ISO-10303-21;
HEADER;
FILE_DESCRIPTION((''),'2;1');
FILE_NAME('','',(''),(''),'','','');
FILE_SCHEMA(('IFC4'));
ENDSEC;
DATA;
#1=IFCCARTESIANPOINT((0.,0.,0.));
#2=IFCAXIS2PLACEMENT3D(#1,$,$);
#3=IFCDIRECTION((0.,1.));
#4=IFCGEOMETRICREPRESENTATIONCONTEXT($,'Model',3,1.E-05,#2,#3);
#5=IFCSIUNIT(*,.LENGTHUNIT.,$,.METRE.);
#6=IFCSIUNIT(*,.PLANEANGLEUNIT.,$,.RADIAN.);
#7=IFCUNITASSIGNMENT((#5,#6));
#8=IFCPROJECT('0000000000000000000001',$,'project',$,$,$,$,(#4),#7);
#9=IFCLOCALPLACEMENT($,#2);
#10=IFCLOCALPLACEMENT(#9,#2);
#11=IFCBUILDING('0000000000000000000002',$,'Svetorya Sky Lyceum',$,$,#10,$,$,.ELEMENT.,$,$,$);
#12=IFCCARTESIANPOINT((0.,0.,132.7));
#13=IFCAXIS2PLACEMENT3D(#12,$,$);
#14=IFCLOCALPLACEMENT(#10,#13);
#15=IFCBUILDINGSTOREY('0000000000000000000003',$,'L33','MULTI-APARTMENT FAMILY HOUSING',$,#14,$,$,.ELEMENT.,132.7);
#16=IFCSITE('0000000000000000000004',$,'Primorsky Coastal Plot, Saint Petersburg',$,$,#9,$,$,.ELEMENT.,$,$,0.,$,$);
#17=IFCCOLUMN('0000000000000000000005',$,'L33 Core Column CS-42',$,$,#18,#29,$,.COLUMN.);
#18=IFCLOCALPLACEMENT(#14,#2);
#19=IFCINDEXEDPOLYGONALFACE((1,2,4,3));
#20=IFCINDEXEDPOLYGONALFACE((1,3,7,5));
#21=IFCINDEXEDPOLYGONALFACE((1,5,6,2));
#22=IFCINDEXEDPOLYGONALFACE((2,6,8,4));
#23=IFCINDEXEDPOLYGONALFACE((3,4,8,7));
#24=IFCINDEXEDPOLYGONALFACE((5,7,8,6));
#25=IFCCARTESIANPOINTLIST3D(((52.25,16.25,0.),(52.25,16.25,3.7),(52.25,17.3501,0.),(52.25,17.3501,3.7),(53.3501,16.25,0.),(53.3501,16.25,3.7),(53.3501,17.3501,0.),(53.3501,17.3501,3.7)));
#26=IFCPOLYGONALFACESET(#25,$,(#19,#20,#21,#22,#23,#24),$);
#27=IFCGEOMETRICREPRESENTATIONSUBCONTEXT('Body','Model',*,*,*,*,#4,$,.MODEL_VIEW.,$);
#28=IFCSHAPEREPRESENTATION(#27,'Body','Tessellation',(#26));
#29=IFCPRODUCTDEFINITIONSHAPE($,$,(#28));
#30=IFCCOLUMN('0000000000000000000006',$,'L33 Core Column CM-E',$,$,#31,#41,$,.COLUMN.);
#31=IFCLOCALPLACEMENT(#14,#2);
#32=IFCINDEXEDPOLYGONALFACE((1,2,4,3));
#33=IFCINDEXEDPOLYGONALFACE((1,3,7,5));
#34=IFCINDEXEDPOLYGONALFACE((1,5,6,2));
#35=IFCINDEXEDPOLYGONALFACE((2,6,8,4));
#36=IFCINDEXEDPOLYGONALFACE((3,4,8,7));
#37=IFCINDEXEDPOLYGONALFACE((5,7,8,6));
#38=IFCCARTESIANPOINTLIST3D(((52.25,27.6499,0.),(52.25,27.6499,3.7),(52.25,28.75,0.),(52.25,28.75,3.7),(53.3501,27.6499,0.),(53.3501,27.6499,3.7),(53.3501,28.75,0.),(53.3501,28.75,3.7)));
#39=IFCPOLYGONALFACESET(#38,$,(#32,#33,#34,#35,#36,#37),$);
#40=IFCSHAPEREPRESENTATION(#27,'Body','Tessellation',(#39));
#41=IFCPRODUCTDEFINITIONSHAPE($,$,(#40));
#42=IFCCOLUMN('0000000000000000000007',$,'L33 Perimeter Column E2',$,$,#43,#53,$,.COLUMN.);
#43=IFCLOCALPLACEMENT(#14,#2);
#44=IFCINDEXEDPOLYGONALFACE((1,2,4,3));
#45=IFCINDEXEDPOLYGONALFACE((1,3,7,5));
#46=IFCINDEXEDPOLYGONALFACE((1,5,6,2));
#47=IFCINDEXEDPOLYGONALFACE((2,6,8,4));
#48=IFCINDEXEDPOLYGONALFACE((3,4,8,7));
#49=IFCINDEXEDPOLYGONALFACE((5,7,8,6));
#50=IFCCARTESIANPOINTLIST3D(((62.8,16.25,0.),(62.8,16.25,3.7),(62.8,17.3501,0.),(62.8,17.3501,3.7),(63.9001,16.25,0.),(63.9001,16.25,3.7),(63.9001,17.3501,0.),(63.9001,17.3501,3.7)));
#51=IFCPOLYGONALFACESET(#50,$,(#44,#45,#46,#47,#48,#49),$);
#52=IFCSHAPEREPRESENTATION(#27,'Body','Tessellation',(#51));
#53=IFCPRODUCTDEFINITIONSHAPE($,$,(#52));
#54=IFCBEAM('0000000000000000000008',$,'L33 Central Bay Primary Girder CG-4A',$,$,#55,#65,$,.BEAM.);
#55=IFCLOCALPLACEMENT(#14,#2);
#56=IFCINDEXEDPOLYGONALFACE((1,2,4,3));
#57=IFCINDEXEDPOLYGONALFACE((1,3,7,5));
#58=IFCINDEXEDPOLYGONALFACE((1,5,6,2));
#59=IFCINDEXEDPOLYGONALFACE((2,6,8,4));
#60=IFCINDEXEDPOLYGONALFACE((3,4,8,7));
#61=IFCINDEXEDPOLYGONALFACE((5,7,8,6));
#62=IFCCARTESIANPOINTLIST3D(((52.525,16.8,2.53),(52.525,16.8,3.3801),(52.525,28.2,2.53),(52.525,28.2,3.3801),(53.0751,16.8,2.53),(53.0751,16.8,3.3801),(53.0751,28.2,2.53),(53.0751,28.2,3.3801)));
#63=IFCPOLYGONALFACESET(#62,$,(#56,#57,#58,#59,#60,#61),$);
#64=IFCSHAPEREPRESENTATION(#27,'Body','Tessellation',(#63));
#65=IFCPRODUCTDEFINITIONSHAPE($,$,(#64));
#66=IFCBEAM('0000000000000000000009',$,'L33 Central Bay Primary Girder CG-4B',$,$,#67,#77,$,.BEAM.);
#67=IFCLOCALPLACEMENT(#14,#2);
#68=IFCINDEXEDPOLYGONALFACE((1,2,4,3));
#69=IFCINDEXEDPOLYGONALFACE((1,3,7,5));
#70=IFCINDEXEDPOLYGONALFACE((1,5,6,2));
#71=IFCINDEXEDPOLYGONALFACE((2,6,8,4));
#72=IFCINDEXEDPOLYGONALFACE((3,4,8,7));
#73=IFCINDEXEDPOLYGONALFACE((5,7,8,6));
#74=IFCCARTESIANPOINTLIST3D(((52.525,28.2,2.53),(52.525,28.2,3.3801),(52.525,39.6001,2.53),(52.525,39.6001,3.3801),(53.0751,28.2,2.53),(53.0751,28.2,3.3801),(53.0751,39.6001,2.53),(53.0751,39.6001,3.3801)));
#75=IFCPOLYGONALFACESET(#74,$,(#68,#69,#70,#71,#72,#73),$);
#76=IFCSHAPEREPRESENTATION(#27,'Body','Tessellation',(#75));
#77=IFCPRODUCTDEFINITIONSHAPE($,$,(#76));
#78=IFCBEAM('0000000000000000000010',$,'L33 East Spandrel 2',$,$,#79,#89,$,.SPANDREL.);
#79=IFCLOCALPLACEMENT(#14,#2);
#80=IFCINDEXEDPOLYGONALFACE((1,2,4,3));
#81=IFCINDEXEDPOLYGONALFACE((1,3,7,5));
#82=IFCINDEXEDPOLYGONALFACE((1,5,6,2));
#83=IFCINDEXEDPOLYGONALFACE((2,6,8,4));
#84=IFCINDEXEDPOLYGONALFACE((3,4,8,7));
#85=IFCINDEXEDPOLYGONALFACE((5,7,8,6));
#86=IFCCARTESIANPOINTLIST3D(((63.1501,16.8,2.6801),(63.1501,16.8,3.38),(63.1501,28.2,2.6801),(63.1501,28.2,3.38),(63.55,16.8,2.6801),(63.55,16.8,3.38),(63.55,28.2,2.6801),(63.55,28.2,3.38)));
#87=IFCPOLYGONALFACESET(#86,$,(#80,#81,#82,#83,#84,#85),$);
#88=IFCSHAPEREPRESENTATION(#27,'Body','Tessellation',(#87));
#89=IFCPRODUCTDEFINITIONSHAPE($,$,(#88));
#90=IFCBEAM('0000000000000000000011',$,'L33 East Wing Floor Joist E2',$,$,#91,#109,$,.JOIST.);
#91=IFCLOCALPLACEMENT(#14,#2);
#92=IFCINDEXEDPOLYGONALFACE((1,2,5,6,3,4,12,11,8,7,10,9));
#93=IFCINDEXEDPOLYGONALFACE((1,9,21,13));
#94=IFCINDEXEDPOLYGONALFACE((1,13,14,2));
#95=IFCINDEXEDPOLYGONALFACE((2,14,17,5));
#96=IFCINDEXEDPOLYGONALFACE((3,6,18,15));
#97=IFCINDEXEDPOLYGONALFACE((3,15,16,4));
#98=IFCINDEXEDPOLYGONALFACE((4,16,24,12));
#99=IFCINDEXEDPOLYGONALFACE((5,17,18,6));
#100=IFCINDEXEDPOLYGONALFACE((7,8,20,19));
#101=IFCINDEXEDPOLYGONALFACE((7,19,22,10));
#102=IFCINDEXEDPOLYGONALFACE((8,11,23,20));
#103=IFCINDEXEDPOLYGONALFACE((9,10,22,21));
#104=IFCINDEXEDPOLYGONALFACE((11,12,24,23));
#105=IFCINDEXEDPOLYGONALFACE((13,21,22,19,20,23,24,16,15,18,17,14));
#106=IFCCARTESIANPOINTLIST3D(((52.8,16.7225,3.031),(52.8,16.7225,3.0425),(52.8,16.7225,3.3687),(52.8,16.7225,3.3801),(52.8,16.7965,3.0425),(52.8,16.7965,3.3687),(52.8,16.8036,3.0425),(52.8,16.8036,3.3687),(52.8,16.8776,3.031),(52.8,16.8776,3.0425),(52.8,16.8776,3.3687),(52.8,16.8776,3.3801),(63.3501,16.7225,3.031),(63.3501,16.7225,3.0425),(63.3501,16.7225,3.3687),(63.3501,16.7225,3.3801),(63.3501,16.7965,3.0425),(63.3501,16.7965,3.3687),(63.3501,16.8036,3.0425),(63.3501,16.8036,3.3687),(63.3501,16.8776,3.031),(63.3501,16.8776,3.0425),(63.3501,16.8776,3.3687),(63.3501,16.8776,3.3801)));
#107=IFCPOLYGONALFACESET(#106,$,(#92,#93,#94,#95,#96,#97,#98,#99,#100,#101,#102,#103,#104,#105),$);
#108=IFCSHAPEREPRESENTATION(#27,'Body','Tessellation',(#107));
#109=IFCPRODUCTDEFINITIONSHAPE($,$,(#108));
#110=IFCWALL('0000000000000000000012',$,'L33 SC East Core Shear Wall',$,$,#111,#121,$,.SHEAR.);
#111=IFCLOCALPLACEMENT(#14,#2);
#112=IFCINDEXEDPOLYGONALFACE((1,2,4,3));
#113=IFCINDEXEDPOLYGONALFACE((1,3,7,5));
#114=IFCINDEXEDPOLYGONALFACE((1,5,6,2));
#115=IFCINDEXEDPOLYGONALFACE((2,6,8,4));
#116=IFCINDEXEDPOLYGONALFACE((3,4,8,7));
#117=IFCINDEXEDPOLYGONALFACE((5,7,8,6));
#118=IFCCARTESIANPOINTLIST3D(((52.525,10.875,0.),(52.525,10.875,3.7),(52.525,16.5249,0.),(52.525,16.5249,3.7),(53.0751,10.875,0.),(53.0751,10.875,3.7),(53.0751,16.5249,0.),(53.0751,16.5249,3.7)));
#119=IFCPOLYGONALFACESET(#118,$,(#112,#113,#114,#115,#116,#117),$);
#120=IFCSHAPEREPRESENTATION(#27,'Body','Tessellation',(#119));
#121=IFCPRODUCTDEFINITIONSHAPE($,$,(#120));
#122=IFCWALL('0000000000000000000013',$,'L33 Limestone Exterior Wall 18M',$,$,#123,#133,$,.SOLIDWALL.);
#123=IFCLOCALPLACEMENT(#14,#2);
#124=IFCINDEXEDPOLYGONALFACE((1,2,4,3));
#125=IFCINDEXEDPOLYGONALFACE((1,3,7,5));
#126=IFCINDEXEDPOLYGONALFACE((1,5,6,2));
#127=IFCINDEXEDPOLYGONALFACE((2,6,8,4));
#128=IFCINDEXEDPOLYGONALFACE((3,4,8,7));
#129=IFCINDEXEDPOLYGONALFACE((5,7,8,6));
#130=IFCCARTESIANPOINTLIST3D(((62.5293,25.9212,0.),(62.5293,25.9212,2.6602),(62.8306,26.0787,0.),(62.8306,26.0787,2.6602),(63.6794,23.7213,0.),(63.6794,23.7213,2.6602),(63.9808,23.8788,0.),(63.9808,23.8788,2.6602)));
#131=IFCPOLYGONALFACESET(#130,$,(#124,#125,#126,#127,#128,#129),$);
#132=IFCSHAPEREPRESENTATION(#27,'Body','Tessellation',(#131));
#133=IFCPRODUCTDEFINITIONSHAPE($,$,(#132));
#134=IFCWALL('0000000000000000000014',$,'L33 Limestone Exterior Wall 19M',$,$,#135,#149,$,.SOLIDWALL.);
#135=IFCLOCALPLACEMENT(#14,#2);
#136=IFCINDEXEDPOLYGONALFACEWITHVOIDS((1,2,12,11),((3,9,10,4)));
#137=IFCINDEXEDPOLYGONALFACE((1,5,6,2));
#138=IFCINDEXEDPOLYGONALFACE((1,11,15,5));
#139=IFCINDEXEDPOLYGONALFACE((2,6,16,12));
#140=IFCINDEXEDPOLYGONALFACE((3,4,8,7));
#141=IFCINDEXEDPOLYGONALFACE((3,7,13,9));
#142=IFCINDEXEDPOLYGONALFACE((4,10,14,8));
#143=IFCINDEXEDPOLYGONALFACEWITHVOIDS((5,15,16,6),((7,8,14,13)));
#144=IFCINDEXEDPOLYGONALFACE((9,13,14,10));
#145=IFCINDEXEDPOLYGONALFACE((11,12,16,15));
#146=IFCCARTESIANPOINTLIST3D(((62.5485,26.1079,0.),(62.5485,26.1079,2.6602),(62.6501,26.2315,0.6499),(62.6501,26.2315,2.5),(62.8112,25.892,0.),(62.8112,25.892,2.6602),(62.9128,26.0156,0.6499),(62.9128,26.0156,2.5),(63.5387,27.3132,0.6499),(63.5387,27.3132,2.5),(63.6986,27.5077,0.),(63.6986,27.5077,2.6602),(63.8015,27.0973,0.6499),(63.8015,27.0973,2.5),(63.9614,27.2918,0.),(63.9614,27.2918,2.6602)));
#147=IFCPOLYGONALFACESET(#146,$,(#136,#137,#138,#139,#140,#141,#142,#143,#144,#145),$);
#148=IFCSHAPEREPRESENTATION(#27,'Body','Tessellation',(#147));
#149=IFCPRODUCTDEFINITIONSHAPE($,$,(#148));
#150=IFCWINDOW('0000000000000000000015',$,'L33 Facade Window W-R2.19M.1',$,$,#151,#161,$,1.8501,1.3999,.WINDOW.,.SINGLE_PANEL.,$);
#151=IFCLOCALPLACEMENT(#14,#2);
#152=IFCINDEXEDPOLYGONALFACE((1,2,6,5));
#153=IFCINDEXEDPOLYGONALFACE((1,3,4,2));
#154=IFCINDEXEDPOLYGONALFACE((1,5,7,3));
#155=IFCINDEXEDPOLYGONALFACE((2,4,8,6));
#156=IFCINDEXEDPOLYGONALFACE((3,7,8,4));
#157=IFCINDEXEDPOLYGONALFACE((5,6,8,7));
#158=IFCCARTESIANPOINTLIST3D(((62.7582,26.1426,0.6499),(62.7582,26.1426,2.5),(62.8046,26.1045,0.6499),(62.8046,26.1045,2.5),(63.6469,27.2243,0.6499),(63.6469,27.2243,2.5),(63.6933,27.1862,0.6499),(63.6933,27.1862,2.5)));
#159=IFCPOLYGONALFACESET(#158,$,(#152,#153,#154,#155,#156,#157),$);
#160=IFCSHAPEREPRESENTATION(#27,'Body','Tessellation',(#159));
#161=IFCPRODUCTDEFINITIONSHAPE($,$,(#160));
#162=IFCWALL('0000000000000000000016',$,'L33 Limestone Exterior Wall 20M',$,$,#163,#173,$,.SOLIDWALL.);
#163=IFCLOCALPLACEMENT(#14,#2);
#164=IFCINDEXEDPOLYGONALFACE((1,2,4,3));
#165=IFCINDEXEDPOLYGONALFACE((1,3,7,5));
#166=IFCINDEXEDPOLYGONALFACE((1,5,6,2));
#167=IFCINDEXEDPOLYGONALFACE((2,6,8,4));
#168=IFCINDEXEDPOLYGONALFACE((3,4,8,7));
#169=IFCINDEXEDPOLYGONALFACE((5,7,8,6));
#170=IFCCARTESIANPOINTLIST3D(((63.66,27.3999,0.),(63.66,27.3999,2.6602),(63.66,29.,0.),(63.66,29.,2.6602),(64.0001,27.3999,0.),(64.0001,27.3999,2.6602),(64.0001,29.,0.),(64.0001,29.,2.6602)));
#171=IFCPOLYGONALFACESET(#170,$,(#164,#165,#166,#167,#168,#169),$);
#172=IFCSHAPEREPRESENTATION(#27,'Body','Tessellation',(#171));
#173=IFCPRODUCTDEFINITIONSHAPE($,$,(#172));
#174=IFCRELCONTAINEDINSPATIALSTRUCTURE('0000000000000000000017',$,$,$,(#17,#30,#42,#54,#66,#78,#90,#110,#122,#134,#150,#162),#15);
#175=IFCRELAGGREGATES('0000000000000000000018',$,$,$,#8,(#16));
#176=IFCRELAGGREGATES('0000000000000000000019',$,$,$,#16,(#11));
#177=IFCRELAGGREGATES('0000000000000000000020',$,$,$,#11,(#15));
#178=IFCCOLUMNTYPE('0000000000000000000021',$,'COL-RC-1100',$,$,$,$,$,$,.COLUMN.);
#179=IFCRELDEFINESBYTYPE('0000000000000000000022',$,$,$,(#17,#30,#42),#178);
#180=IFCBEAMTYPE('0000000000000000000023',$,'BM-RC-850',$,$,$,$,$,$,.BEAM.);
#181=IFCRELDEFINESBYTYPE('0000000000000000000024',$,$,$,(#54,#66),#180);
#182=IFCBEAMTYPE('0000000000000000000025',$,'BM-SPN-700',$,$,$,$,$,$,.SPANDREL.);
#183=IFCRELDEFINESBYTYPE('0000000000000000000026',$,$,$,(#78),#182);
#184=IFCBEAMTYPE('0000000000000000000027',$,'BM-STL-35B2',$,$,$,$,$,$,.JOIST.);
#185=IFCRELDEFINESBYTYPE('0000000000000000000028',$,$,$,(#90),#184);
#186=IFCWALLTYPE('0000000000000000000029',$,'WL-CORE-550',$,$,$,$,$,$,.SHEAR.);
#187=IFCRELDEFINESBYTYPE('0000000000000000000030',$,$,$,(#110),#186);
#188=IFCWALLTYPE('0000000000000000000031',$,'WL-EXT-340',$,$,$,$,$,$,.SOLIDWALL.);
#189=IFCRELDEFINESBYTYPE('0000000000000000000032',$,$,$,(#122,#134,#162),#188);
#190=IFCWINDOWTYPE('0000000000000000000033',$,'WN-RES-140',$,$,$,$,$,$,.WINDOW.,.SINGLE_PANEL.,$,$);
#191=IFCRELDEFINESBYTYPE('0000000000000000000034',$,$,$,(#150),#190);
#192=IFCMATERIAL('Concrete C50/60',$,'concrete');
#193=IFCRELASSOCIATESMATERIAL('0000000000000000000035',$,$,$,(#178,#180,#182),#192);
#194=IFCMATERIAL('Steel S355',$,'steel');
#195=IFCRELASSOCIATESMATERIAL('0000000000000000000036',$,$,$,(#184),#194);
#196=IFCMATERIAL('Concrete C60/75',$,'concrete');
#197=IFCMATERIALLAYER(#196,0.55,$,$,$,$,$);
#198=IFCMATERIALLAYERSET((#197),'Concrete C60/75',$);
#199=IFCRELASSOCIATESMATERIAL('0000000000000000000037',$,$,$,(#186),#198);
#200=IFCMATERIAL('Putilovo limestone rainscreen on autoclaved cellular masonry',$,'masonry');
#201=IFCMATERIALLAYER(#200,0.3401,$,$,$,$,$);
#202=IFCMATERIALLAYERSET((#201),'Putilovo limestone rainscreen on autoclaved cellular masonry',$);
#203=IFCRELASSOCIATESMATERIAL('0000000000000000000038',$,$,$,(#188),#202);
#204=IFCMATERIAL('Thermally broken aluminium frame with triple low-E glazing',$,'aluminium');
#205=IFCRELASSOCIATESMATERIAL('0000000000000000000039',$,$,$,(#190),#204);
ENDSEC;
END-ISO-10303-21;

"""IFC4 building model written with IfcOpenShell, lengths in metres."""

from ifc_helpers import new_model, si_unit, direction, frame, frame_2d, origin, origin_2d, place, context, subcontext, project, spatial, rectangle, i_section, extrude, material, layer, layer_set, material_profile, profile_set, type_object, element, fill, save


model = new_model("IFC4")

# Units and contexts
model_context = context("Model", 3, precision=1e-05, world=origin(), true_north=direction((0.0, 1.0)))
body_context = subcontext(model_context, "Body", "Model", "MODEL_VIEW")
ifc_project = project(units=[si_unit("LENGTHUNIT", "METRE"), si_unit("PLANEANGLEUNIT", "RADIAN")], contexts=[model_context])

# Site, building, storey
site_placement = place(None, origin())
site = spatial("IfcSite", under=ifc_project, at=site_placement, Name="Primorsky Coastal Plot, Saint Petersburg", CompositionType="ELEMENT", RefElevation=0.0)
building_placement = place(site_placement, origin())
building = spatial("IfcBuilding", under=site, at=building_placement, Name="Svetorya Sky Lyceum", CompositionType="ELEMENT")
storey_placement = place(building_placement, frame((0.0, 0.0, 132.7)))
storey = spatial("IfcBuildingStorey", under=building, at=storey_placement, Name="L33", Description="MULTI-APARTMENT FAMILY HOUSING", CompositionType="ELEMENT", Elevation=132.7)

# Columns
ifc_material_1 = material(Name="Concrete C50/60", Category="concrete")
ifc_material_profile_1 = material_profile(ifc_material_1, rectangle(XDim=1.1001, YDim=1.1001, at=origin_2d()), Name="RC COL 1100x1100")
ifc_profile_set_1 = profile_set([ifc_material_profile_1], Name="Concrete C50/60")
column_type = type_object("IfcColumnType", Name="COL-RC-1100", PredefinedType="COLUMN", material=ifc_profile_set_1)
for number, where, z_axis, x_axis, name in (
    (1, (52.8, 16.8, 0.0), (0.0, 0.0, 1.0), (1.0, 0.0, 0.0), "L33 Core Column CS-42"),
    (2, (52.8, 28.2, 0.0), (0.0, 0.0, 1.0), (1.0, 0.0, 0.0), "L33 Core Column CM-E"),
    (3, (63.3501, 16.8, 0.0), (0.0, 0.0, 1.0), (1.0, 0.0, 0.0), "L33 Perimeter Column E2"),
):
    element("IfcColumn", number, at=place(storey_placement, frame(where, z_axis=z_axis, x_axis=x_axis)), inside=storey, type_object=column_type, Name=name, PredefinedType="COLUMN", context=body_context, shape_type="SweptSolid", body=[
        extrude(rectangle(XDim=1.1001, YDim=1.1001, at=origin_2d()), origin(), (0.0, 0.0, 1.0), 3.7),
    ])

# Beams
ifc_material_profile_2 = material_profile(ifc_material_1, rectangle(XDim=0.55, YDim=0.8501, at=origin_2d()), Name="RC BEAM 550x850")
ifc_profile_set_2 = profile_set([ifc_material_profile_2], Name="Concrete C50/60")
beam_type_1 = type_object("IfcBeamType", Name="BM-RC-850", PredefinedType="BEAM", material=ifc_profile_set_2)
beam_1_placement = place(storey_placement, frame((52.8, 16.8, 2.9551), z_axis=(0.0, 1.0, 0.0), x_axis=(-1.0, 0.0, 0.0)))
element("IfcBeam", 4, at=beam_1_placement, inside=storey, type_object=beam_type_1, Name="L33 Central Bay Primary Girder CG-4A", PredefinedType="BEAM", context=body_context, shape_type="SweptSolid", body=[
    extrude(rectangle(XDim=0.55, YDim=0.8501, at=origin_2d()), origin(), (0.0, 0.0, 1.0), 11.3999),
])
beam_2_placement = place(storey_placement, frame((52.8, 28.2, 2.9551), z_axis=(0.0, 1.0, 0.0), x_axis=(-1.0, 0.0, 0.0)))
element("IfcBeam", 5, at=beam_2_placement, inside=storey, type_object=beam_type_1, Name="L33 Central Bay Primary Girder CG-4B", PredefinedType="BEAM", context=body_context, shape_type="SweptSolid", body=[
    extrude(rectangle(XDim=0.55, YDim=0.8501, at=origin_2d()), origin(), (0.0, 0.0, 1.0), 11.4001),
])
ifc_material_profile_3 = material_profile(ifc_material_1, rectangle(XDim=0.3999, YDim=0.7, at=origin_2d()), Name="RC SPANDREL 400x700")
ifc_profile_set_3 = profile_set([ifc_material_profile_3], Name="Concrete C50/60")
beam_type_2 = type_object("IfcBeamType", Name="BM-SPN-700", PredefinedType="SPANDREL", material=ifc_profile_set_3)
beam_3_placement = place(storey_placement, frame((63.3501, 16.8, 3.03), z_axis=(0.0, 1.0, 0.0), x_axis=(-1.0, 0.0, 0.0)))
element("IfcBeam", 6, at=beam_3_placement, inside=storey, type_object=beam_type_2, Name="L33 East Spandrel 2", PredefinedType="SPANDREL", context=body_context, shape_type="SweptSolid", body=[
    extrude(rectangle(XDim=0.3999, YDim=0.7, at=origin_2d()), origin(), (0.0, 0.0, 1.0), 11.3999),
])
ifc_material_2 = material(Name="Steel S355", Category="steel")
ifc_material_profile_4 = material_profile(ifc_material_2, i_section(OverallWidth=0.155, OverallDepth=0.3491, WebThickness=0.0071, FlangeThickness=0.0115, at=origin_2d()), Name="GOST 35B2")
ifc_profile_set_4 = profile_set([ifc_material_profile_4], Name="Steel S355")
beam_type_3 = type_object("IfcBeamType", Name="BM-STL-35B2", PredefinedType="JOIST", material=ifc_profile_set_4)
beam_4_placement = place(storey_placement, frame((52.8, 16.8, 3.2056), z_axis=(1.0, 0.0, 0.0), x_axis=(0.0, 1.0, 0.0)))
element("IfcBeam", 7, at=beam_4_placement, inside=storey, type_object=beam_type_3, Name="L33 East Wing Floor Joist E2", PredefinedType="JOIST", context=body_context, shape_type="SweptSolid", body=[
    extrude(i_section(OverallWidth=0.155, OverallDepth=0.3491, WebThickness=0.0071, FlangeThickness=0.0115, at=origin_2d()), origin(), (0.0, 0.0, 1.0), 10.55),
])

# Walls
ifc_material_3 = material(Name="Concrete C60/75", Category="concrete")
ifc_layer_1 = layer(ifc_material_3, 0.55)
ifc_layer_set_1 = layer_set([ifc_layer_1], Name="Concrete C60/75")
wall_type_1 = type_object("IfcWallType", Name="WL-CORE-550", PredefinedType="SHEAR", material=ifc_layer_set_1)
wall_1_placement = place(storey_placement, frame((52.8, 10.875, 0.0), z_axis=(0.0, 0.0, 1.0), x_axis=(0.0, 1.0, 0.0)))
element("IfcWall", 8, at=wall_1_placement, inside=storey, type_object=wall_type_1, Name="L33 SC East Core Shear Wall", PredefinedType="SHEAR", context=body_context, shape_type="SweptSolid", body=[
    extrude(rectangle(XDim=5.6499, YDim=0.55, at=frame_2d((2.825, 0.0))), origin(), (0.0, 0.0, 1.0), 3.7),
])
ifc_material_4 = material(Name="Putilovo limestone rainscreen on autoclaved cellular masonry", Category="masonry")
ifc_layer_2 = layer(ifc_material_4, 0.3401)
ifc_layer_set_2 = layer_set([ifc_layer_2], Name="Putilovo limestone rainscreen on autoclaved cellular masonry")
wall_type_2 = type_object("IfcWallType", Name="WL-EXT-340", PredefinedType="SOLIDWALL", material=ifc_layer_set_2)
wall_2_placement = place(storey_placement, frame((63.8301, 23.8, 0.0), z_axis=(0.0, 0.0, 1.0), x_axis=(-0.463309, 0.886197, 0.0)))
element("IfcWall", 9, at=wall_2_placement, inside=storey, type_object=wall_type_2, Name="L33 Limestone Exterior Wall 18M", PredefinedType="SOLIDWALL", context=body_context, shape_type="SweptSolid", body=[
    extrude(rectangle(XDim=2.4824, YDim=0.3401, at=frame_2d((1.2412, 0.0))), origin(), (0.0, 0.0, 1.0), 2.6602),
])

# Wall, opening, window
wall_3_placement = place(storey_placement, frame((62.6799, 26.0, 0.0), z_axis=(0.0, 0.0, 1.0), x_axis=(0.634814, 0.772665, 0.0)))
wall_3 = element("IfcWall", 10, at=wall_3_placement, inside=storey, type_object=wall_type_2, Name="L33 Limestone Exterior Wall 19M", PredefinedType="SOLIDWALL", context=body_context, shape_type="SweptSolid", body=[
    extrude(rectangle(XDim=1.8118, YDim=0.3401, at=frame_2d((0.9058, 0.0))), origin(), (0.0, 0.0, 1.0), 2.6602),
])
opening_1_placement = place(wall_3_placement, frame((0.1599, 0.0, 0.6499)))
opening_1 = element("IfcOpeningElement", 11, at=opening_1_placement, cuts=wall_3, PredefinedType="OPENING", context=body_context, shape_type="SweptSolid", body=[
    extrude(rectangle(XDim=1.3999, YDim=1.8501, at=frame_2d((0.7, 0.925))), frame((0.0, 0.1799, 0.0), z_axis=(0.0, -1.0, 0.0), x_axis=(1.0, 0.0, 0.0)), (0.0, 0.0, 1.0), 0.3601),
])
ifc_material_5 = material(Name="Thermally broken aluminium frame with triple low-E glazing", Category="aluminium")
window_type = type_object("IfcWindowType", Name="WN-RES-140", PartitioningType="SINGLE_PANEL", PredefinedType="WINDOW", material=ifc_material_5)
window_placement = place(opening_1_placement, origin())
window = element("IfcWindow", 12, at=window_placement, inside=storey, type_object=window_type, Name="L33 Facade Window W-R2.19M.1", OverallHeight=1.8501, OverallWidth=1.3999, PartitioningType="SINGLE_PANEL", PredefinedType="WINDOW", context=body_context, shape_type="SweptSolid", body=[
    extrude(rectangle(XDim=1.3999, YDim=1.8501, at=frame_2d((0.7, 0.925))), frame((0.0, 0.03, 0.0), z_axis=(0.0, -1.0, 0.0), x_axis=(1.0, 0.0, 0.0)), (0.0, 0.0, 1.0), 0.0601),
])
fill(opening_1, window)

# Wall
wall_4_placement = place(storey_placement, frame((63.8301, 27.3999, 0.0), z_axis=(0.0, 0.0, 1.0), x_axis=(0.0, 1.0, 0.0)))
element("IfcWall", 13, at=wall_4_placement, inside=storey, type_object=wall_type_2, Name="L33 Limestone Exterior Wall 20M", PredefinedType="SOLIDWALL", context=body_context, shape_type="SweptSolid", body=[
    extrude(rectangle(XDim=1.6001, YDim=0.3401, at=frame_2d((0.8, 0.0))), origin(), (0.0, 0.0, 1.0), 2.6602),
])

save(model, "model.ifc")
